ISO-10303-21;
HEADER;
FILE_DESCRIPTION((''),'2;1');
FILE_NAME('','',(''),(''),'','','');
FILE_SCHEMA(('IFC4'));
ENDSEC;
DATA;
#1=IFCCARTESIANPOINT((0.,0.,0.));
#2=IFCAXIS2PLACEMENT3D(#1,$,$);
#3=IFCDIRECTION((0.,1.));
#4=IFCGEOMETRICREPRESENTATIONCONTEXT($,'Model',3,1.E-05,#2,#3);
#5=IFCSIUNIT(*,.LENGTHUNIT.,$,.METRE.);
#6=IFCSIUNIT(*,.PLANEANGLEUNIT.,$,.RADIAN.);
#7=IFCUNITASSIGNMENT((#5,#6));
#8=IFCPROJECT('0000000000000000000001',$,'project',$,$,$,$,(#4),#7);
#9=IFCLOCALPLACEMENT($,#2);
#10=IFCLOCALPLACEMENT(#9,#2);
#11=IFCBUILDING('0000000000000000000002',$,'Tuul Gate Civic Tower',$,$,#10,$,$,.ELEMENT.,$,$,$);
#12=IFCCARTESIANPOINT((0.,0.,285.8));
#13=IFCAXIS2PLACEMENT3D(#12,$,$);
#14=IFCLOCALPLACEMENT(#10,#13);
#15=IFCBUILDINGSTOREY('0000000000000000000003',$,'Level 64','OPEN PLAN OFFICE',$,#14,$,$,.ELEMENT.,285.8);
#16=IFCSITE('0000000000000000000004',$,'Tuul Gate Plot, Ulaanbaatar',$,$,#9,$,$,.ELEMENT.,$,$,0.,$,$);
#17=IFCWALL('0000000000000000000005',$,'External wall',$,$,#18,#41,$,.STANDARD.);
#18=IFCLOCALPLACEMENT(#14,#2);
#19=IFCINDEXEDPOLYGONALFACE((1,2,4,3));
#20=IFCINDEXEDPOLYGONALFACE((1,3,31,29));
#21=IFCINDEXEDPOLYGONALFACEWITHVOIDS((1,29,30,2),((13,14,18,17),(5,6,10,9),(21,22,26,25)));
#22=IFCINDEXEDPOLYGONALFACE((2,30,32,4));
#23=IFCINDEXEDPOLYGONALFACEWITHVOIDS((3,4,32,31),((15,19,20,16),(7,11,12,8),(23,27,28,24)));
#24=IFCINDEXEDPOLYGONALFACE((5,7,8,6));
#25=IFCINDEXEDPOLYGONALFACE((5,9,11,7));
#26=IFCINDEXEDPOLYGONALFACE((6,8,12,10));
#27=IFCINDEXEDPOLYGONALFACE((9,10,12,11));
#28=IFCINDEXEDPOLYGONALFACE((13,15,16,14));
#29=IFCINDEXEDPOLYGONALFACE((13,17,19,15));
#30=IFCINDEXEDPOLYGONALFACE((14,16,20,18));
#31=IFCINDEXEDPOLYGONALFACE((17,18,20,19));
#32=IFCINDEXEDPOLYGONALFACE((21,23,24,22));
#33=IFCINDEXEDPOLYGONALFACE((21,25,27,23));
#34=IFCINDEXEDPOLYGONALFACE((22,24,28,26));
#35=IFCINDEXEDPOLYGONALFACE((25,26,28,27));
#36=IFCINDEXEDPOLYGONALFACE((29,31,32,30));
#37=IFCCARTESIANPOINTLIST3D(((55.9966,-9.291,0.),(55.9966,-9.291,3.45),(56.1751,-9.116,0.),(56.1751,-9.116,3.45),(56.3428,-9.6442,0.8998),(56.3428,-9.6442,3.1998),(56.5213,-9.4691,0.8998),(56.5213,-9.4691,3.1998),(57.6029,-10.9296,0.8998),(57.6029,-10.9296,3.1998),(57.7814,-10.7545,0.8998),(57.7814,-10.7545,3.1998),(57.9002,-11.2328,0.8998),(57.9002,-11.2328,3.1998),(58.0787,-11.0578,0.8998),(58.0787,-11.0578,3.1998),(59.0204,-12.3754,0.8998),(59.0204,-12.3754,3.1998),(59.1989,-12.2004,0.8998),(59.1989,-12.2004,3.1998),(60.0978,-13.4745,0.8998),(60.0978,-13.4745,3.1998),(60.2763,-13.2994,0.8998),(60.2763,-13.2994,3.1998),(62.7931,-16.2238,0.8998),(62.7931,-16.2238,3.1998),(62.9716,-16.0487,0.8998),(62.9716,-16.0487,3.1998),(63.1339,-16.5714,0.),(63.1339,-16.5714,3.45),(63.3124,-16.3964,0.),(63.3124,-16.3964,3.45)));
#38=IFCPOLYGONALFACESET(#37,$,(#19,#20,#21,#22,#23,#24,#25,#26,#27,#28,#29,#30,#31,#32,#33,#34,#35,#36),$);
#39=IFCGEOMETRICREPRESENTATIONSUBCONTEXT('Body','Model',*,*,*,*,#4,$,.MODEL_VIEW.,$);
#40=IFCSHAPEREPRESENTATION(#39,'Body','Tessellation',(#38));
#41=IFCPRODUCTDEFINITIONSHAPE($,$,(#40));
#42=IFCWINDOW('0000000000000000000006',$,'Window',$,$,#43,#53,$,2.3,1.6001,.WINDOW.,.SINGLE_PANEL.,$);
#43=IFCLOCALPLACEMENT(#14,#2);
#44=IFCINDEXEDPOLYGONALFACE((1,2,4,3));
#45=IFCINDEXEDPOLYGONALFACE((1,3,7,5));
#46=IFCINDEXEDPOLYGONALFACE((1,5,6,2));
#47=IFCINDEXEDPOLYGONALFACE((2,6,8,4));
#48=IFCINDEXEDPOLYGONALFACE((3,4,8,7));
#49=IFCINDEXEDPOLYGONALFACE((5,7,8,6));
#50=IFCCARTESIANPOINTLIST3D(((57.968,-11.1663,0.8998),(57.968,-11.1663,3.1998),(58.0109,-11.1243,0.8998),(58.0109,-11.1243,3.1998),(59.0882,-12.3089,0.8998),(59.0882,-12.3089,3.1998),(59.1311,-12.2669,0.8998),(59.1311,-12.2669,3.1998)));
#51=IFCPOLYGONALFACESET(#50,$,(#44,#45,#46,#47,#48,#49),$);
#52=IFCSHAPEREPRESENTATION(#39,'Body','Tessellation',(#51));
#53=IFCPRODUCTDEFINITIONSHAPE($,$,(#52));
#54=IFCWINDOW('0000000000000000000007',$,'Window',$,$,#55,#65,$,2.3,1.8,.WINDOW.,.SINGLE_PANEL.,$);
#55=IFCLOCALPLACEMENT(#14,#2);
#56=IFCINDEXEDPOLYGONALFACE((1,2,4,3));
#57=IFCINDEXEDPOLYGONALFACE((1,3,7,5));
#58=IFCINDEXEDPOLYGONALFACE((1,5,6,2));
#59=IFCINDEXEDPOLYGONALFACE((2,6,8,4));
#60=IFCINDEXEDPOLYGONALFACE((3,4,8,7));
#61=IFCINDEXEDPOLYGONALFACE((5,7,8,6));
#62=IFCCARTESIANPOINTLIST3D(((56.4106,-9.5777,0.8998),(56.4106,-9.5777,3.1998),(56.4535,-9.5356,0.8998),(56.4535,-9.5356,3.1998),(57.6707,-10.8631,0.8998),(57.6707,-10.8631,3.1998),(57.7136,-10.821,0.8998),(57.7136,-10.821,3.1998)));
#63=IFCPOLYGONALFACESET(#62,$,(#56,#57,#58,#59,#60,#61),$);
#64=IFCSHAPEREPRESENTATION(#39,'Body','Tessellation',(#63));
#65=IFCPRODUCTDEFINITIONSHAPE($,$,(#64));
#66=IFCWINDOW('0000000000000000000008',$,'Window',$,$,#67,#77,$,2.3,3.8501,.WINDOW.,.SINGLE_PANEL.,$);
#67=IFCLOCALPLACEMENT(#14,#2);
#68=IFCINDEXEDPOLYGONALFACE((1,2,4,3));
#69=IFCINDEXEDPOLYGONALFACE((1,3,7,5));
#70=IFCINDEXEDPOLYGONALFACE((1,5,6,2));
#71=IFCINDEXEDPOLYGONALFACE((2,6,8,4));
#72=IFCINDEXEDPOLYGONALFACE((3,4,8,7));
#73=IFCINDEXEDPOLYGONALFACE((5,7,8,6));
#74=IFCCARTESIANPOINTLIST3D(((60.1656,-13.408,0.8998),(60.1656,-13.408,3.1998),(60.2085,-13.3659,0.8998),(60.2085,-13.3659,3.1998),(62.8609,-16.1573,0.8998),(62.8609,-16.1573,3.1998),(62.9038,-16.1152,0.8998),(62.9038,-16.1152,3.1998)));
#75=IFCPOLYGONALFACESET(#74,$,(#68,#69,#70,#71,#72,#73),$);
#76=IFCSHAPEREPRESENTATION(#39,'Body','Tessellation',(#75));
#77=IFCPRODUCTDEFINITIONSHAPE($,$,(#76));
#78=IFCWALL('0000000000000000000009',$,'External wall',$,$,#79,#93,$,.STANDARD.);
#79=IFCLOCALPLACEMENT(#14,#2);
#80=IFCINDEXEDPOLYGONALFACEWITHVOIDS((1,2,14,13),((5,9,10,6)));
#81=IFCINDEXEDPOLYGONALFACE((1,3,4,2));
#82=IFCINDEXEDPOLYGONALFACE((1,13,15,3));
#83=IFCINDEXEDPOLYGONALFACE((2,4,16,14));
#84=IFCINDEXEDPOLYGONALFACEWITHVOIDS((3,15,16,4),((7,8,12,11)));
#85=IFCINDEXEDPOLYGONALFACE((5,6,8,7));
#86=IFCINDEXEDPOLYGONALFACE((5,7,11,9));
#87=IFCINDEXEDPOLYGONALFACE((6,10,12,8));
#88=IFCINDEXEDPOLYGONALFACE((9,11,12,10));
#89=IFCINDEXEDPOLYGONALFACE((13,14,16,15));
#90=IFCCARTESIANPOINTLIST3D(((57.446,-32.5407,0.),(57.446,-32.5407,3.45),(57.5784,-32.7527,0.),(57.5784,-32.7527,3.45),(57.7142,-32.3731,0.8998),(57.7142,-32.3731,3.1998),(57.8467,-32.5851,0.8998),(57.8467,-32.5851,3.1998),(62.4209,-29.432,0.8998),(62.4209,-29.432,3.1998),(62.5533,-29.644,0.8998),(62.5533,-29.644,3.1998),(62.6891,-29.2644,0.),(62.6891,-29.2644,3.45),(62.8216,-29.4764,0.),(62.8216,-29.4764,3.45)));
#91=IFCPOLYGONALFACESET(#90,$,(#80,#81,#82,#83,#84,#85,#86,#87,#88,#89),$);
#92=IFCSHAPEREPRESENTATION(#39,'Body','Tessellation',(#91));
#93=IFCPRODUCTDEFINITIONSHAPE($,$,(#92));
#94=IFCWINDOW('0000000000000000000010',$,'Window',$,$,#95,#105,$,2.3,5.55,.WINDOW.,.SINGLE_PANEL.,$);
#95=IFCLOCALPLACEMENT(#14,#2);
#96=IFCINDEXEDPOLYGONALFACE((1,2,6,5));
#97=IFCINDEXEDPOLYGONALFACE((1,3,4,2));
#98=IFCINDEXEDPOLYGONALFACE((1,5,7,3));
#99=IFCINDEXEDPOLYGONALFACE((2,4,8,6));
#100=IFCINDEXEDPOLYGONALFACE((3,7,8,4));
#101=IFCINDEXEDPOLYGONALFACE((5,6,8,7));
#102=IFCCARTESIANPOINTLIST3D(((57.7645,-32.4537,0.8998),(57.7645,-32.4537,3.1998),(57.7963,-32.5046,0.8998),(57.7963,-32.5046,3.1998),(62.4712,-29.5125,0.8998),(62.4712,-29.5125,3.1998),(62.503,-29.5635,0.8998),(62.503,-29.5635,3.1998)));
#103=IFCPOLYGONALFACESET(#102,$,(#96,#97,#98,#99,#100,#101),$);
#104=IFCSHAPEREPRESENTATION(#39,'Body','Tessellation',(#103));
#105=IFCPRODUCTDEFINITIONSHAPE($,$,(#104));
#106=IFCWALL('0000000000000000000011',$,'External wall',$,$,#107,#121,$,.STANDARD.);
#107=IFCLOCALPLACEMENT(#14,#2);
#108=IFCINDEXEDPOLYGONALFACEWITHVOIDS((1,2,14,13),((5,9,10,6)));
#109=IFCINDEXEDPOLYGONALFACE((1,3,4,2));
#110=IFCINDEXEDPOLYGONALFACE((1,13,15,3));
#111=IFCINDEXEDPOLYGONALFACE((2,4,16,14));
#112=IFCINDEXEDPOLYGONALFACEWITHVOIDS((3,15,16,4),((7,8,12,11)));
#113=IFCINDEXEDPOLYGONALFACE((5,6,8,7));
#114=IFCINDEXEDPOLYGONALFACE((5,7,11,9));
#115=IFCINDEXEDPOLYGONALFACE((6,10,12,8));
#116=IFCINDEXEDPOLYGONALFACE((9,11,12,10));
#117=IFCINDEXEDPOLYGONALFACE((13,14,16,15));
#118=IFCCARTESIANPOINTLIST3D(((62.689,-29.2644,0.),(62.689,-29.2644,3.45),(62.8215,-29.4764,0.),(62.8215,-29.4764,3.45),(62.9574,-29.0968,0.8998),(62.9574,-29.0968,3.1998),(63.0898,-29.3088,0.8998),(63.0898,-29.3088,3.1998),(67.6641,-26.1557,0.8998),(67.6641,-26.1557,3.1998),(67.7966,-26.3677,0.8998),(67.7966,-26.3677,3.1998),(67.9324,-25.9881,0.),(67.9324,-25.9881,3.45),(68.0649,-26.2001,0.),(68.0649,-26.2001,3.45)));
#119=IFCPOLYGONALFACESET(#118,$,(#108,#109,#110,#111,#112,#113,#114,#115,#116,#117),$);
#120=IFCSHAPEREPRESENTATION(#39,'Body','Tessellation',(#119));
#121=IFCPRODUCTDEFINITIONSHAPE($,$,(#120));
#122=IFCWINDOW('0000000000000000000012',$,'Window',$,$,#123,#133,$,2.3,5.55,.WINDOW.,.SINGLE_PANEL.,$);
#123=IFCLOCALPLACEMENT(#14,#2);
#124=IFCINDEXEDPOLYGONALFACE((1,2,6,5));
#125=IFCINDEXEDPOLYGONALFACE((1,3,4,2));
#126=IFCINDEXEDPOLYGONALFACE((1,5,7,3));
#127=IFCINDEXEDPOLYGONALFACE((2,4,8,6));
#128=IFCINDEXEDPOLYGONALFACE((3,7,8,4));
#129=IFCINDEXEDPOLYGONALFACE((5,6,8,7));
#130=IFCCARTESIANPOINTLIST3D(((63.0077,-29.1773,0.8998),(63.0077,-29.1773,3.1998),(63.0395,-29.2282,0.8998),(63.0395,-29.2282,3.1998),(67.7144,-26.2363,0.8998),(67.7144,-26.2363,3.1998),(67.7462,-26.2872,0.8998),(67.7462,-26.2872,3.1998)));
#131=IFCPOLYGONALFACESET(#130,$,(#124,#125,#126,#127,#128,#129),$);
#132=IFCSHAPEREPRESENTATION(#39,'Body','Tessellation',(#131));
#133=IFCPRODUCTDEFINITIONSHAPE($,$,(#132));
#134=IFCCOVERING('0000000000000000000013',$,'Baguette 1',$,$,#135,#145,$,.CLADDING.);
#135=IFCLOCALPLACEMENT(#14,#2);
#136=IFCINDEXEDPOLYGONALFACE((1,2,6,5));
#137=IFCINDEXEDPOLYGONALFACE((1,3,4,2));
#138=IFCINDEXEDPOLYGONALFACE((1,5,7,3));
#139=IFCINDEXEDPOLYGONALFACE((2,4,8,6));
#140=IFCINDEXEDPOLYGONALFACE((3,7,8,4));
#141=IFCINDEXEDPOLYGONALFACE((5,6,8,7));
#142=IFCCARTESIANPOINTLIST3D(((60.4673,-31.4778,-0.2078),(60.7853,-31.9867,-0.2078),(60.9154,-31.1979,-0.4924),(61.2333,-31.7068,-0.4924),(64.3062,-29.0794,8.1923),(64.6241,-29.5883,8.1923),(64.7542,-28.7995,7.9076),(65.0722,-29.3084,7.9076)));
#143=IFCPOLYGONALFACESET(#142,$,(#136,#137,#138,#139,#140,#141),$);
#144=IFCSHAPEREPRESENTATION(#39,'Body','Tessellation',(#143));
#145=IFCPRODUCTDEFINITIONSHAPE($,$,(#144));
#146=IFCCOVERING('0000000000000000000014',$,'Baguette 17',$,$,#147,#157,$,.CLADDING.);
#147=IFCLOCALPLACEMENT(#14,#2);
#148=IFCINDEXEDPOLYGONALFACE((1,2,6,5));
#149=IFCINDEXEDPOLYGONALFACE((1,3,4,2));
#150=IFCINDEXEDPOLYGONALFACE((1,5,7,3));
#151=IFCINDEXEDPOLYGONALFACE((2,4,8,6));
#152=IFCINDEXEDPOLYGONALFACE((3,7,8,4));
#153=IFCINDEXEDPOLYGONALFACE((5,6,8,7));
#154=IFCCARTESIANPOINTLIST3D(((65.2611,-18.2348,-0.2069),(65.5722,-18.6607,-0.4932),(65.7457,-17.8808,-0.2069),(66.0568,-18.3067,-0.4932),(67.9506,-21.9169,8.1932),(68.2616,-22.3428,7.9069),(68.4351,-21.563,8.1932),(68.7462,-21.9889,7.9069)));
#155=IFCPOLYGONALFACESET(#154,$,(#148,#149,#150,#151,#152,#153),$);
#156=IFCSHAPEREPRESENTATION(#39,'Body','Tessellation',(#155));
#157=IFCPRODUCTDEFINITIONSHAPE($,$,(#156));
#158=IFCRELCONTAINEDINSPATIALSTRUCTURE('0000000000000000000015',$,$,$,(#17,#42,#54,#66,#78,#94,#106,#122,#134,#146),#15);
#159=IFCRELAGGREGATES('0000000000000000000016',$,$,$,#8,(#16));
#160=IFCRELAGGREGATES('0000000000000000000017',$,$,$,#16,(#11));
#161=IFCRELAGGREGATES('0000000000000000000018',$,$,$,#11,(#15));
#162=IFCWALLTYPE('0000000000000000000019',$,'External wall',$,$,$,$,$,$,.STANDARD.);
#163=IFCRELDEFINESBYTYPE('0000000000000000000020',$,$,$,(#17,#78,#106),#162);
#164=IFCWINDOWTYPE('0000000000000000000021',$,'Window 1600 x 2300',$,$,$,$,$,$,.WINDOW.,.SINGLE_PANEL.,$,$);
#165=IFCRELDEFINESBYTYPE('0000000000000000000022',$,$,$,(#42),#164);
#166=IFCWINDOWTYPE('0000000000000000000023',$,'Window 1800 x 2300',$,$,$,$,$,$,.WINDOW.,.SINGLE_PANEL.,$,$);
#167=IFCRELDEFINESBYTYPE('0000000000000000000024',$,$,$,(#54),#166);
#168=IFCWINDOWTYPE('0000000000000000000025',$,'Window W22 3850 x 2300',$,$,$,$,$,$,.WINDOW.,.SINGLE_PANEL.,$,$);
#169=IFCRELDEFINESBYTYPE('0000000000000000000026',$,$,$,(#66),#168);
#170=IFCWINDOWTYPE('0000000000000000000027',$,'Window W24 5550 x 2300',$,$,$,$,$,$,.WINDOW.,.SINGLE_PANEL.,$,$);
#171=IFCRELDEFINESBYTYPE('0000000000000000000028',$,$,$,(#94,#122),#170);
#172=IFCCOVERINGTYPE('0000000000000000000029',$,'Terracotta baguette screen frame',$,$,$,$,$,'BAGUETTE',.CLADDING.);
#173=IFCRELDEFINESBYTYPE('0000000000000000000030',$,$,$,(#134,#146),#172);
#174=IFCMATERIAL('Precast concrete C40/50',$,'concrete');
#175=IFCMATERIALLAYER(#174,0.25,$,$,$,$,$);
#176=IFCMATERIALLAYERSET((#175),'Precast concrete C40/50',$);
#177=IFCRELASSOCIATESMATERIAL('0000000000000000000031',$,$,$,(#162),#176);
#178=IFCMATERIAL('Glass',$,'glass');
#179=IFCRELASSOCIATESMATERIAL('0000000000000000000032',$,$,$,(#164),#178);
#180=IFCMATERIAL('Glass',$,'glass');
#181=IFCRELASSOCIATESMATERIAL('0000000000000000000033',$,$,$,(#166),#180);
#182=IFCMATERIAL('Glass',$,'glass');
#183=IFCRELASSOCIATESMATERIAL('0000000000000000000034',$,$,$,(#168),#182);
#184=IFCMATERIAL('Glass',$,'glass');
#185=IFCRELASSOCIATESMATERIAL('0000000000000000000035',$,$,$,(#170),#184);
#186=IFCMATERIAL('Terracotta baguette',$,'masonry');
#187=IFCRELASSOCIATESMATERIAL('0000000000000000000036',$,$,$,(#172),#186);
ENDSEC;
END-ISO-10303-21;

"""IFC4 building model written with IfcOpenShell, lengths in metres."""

from ifc_helpers import new_model, si_unit, direction, frame, frame_2d, origin, origin_2d, place, context, subcontext, project, spatial, rectangle, extrude, material, layer, layer_set, material_profile, profile_set, type_object, element, fill, save


model = new_model("IFC4")

# Units and contexts
model_context = context("Model", 3, precision=1e-05, world=origin(), true_north=direction((0.0, 1.0)))
body_context = subcontext(model_context, "Body", "Model", "MODEL_VIEW")
ifc_project = project(units=[si_unit("LENGTHUNIT", "METRE"), si_unit("PLANEANGLEUNIT", "RADIAN")], contexts=[model_context])

# Site, building, storey
site_placement = place(None, origin())
site = spatial("IfcSite", under=ifc_project, at=site_placement, Name="Tuul Gate Plot, Ulaanbaatar", CompositionType="ELEMENT", RefElevation=0.0)
building_placement = place(site_placement, origin())
building = spatial("IfcBuilding", under=site, at=building_placement, Name="Tuul Gate Civic Tower", CompositionType="ELEMENT")
storey_placement = place(building_placement, frame((0.0, 0.0, 285.8)))
storey = spatial("IfcBuildingStorey", under=building, at=storey_placement, Name="Level 64", Description="OPEN PLAN OFFICE", CompositionType="ELEMENT", Elevation=285.8)

# Shared definitions
ifc_material_1 = material(Name="Precast concrete C40/50", Category="concrete")
ifc_layer_1 = layer(ifc_material_1, 0.25)
ifc_layer_set_1 = layer_set([ifc_layer_1], Name="Precast concrete C40/50")
wall_type_1 = type_object("IfcWallType", Name="External wall", PredefinedType="STANDARD", material=ifc_layer_set_1)

# Wall, openings, windows
wall_1_placement = place(storey_placement, frame((63.2231, -16.4839, 0.0), z_axis=(0.0, 0.0, 1.0), x_axis=(-0.700056, 0.714088, 0.0)))
wall_1 = element("IfcWall", 1, at=wall_1_placement, inside=storey, type_object=wall_type_1, Name="External wall", PredefinedType="STANDARD", context=body_context, shape_type="SweptSolid", body=[
    extrude(rectangle(XDim=10.1953, YDim=0.25, at=frame_2d((5.0977, 0.0))), origin(), (0.0, 0.0, 1.0), 3.45),
])
opening_1_placement = place(wall_1_placement, frame((0.4868, 0.0, 0.8999)))
opening_1 = element("IfcOpeningElement", 2, at=opening_1_placement, cuts=wall_1, PredefinedType="OPENING", context=body_context, shape_type="SweptSolid", body=[
    extrude(rectangle(XDim=3.8501, YDim=2.3, at=frame_2d((1.925, 1.1499))), frame((0.0, 0.135, 0.0), z_axis=(0.0, -1.0, 0.0), x_axis=(1.0, 0.0, 0.0)), (0.0, 0.0, 1.0), 0.27),
])
opening_2_placement = place(wall_1_placement, frame((5.876, 0.0, 0.8999)))
opening_2 = element("IfcOpeningElement", 3, at=opening_2_placement, cuts=wall_1, PredefinedType="OPENING", context=body_context, shape_type="SweptSolid", body=[
    extrude(rectangle(XDim=1.6001, YDim=2.3, at=frame_2d((0.8, 1.1499))), frame((0.0, 0.135, 0.0), z_axis=(0.0, -1.0, 0.0), x_axis=(1.0, 0.0, 0.0)), (0.0, 0.0, 1.0), 0.27),
])
opening_3_placement = place(wall_1_placement, frame((7.9009, 0.0, 0.8999)))
opening_3 = element("IfcOpeningElement", 4, at=opening_3_placement, cuts=wall_1, PredefinedType="OPENING", context=body_context, shape_type="SweptSolid", body=[
    extrude(rectangle(XDim=1.8, YDim=2.3, at=frame_2d((0.8999, 1.1499))), frame((0.0, 0.135, 0.0), z_axis=(0.0, -1.0, 0.0), x_axis=(1.0, 0.0, 0.0)), (0.0, 0.0, 1.0), 0.27),
])
ifc_material_2 = material(Name="Glass", Category="glass")
window_type_1 = type_object("IfcWindowType", Name="Window 1600 x 2300", PartitioningType="SINGLE_PANEL", PredefinedType="WINDOW", material=ifc_material_2)
window_1_placement = place(opening_2_placement, origin())
window_1 = element("IfcWindow", 5, at=window_1_placement, inside=storey, type_object=window_type_1, Name="Window", OverallHeight=2.3, OverallWidth=1.6001, PartitioningType="SINGLE_PANEL", PredefinedType="WINDOW", context=body_context, shape_type="SweptSolid", body=[
    extrude(rectangle(XDim=1.6001, YDim=2.3, at=frame_2d((0.8, 1.1499))), frame((0.0, 0.03, 0.0), z_axis=(0.0, -1.0, 0.0), x_axis=(1.0, 0.0, 0.0)), (0.0, 0.0, 1.0), 0.0601),
])
fill(opening_2, window_1)
ifc_material_3 = material(Name="Glass", Category="glass")
window_type_2 = type_object("IfcWindowType", Name="Window 1800 x 2300", PartitioningType="SINGLE_PANEL", PredefinedType="WINDOW", material=ifc_material_3)
window_2_placement = place(opening_3_placement, origin())
window_2 = element("IfcWindow", 6, at=window_2_placement, inside=storey, type_object=window_type_2, Name="Window", OverallHeight=2.3, OverallWidth=1.8, PartitioningType="SINGLE_PANEL", PredefinedType="WINDOW", context=body_context, shape_type="SweptSolid", body=[
    extrude(rectangle(XDim=1.8, YDim=2.3, at=frame_2d((0.8999, 1.1499))), frame((0.0, 0.03, 0.0), z_axis=(0.0, -1.0, 0.0), x_axis=(1.0, 0.0, 0.0)), (0.0, 0.0, 1.0), 0.0601),
])
fill(opening_3, window_2)
ifc_material_4 = material(Name="Glass", Category="glass")
window_type_3 = type_object("IfcWindowType", Name="Window W22 3850 x 2300", PartitioningType="SINGLE_PANEL", PredefinedType="WINDOW", material=ifc_material_4)
window_3_placement = place(opening_1_placement, origin())
window_3 = element("IfcWindow", 7, at=window_3_placement, inside=storey, type_object=window_type_3, Name="Window", OverallHeight=2.3, OverallWidth=3.8501, PartitioningType="SINGLE_PANEL", PredefinedType="WINDOW", context=body_context, shape_type="SweptSolid", body=[
    extrude(rectangle(XDim=3.8501, YDim=2.3, at=frame_2d((1.925, 1.1499))), frame((0.0, 0.03, 0.0), z_axis=(0.0, -1.0, 0.0), x_axis=(1.0, 0.0, 0.0)), (0.0, 0.0, 1.0), 0.0601),
])
fill(opening_1, window_3)

# Walls, openings, windows
wall_2_placement = place(storey_placement, frame((57.5122, -32.6467, 0.0), z_axis=(0.0, 0.0, 1.0), x_axis=(0.848043, 0.529928, 0.0)))
wall_2 = element("IfcWall", 8, at=wall_2_placement, inside=storey, type_object=wall_type_1, Name="External wall", PredefinedType="STANDARD", context=body_context, shape_type="SweptSolid", body=[
    extrude(rectangle(XDim=6.1826, YDim=0.25, at=frame_2d((3.0913, 0.0))), origin(), (0.0, 0.0, 1.0), 3.45),
])
opening_4_placement = place(wall_2_placement, frame((0.3164, 0.0, 0.8999)))
opening_4 = element("IfcOpeningElement", 9, at=opening_4_placement, cuts=wall_2, PredefinedType="OPENING", context=body_context, shape_type="SweptSolid", body=[
    extrude(rectangle(XDim=5.55, YDim=2.3, at=frame_2d((2.7749, 1.1499))), frame((0.0, 0.135, 0.0), z_axis=(0.0, -1.0, 0.0), x_axis=(1.0, 0.0, 0.0)), (0.0, 0.0, 1.0), 0.27),
])
ifc_material_5 = material(Name="Glass", Category="glass")
window_type_4 = type_object("IfcWindowType", Name="Window W24 5550 x 2300", PartitioningType="SINGLE_PANEL", PredefinedType="WINDOW", material=ifc_material_5)
window_4_placement = place(opening_4_placement, origin())
window_4 = element("IfcWindow", 10, at=window_4_placement, inside=storey, type_object=window_type_4, Name="Window", OverallHeight=2.3, OverallWidth=5.55, PartitioningType="SINGLE_PANEL", PredefinedType="WINDOW", context=body_context, shape_type="SweptSolid", body=[
    extrude(rectangle(XDim=5.55, YDim=2.3, at=frame_2d((2.7749, 1.1499))), frame((0.0, 0.03, 0.0), z_axis=(0.0, -1.0, 0.0), x_axis=(1.0, 0.0, 0.0)), (0.0, 0.0, 1.0), 0.0601),
])
fill(opening_4, window_4)
wall_3_placement = place(storey_placement, frame((62.7554, -29.3704, 0.0), z_axis=(0.0, 0.0, 1.0), x_axis=(0.848054, 0.52991, 0.0)))
wall_3 = element("IfcWall", 11, at=wall_3_placement, inside=storey, type_object=wall_type_1, Name="External wall", PredefinedType="STANDARD", context=body_context, shape_type="SweptSolid", body=[
    extrude(rectangle(XDim=6.1829, YDim=0.25, at=frame_2d((3.0913, 0.0))), origin(), (0.0, 0.0, 1.0), 3.45),
])
opening_5_placement = place(wall_3_placement, frame((0.3164, 0.0, 0.8999)))
opening_5 = element("IfcOpeningElement", 12, at=opening_5_placement, cuts=wall_3, PredefinedType="OPENING", context=body_context, shape_type="SweptSolid", body=[
    extrude(rectangle(XDim=5.55, YDim=2.3, at=frame_2d((2.7749, 1.1499))), frame((0.0, 0.135, 0.0), z_axis=(0.0, -1.0, 0.0), x_axis=(1.0, 0.0, 0.0)), (0.0, 0.0, 1.0), 0.27),
])
window_5_placement = place(opening_5_placement, origin())
window_5 = element("IfcWindow", 13, at=window_5_placement, inside=storey, type_object=window_type_4, Name="Window", OverallHeight=2.3, OverallWidth=5.55, PartitioningType="SINGLE_PANEL", PredefinedType="WINDOW", context=body_context, shape_type="SweptSolid", body=[
    extrude(rectangle(XDim=5.55, YDim=2.3, at=frame_2d((2.7749, 1.1499))), frame((0.0, 0.03, 0.0), z_axis=(0.0, -1.0, 0.0), x_axis=(1.0, 0.0, 0.0)), (0.0, 0.0, 1.0), 0.0601),
])
fill(opening_5, window_5)

# Coverings
ifc_material_6 = material(Name="Terracotta baguette", Category="masonry")
ifc_material_profile_1 = material_profile(ifc_material_6, rectangle(XDim=0.6001, YDim=0.6001, at=origin_2d()), Name="Terracotta baguette screen frame")
ifc_profile_set_1 = profile_set([ifc_material_profile_1], Name="Terracotta baguette")
covering_type = type_object("IfcCoveringType", Name="Terracotta baguette screen frame", ElementType="BAGUETTE", PredefinedType="CLADDING", material=ifc_profile_set_1)
covering_1_placement = place(storey_placement, frame((60.8503, -31.5923, -0.3501), z_axis=(0.402308, 0.251353, 0.880324), x_axis=(-0.529863, 0.848083, 0.0)))
element("IfcCovering", 14, at=covering_1_placement, inside=storey, type_object=covering_type, Name="Baguette 1", PredefinedType="CLADDING", context=body_context, shape_type="SweptSolid", body=[
    extrude(rectangle(XDim=0.6001, YDim=0.6001, at=origin_2d()), origin(), (0.0, 0.0, 1.0), 9.542),
])
covering_2_placement = place(storey_placement, frame((68.3484, -21.9529, 8.05), z_axis=(-0.281385, 0.385244, -0.878868), x_axis=(-0.80753, -0.589826, 0.0)))
element("IfcCovering", 15, at=covering_2_placement, inside=storey, type_object=covering_type, Name="Baguette 17", PredefinedType="CLADDING", context=body_context, shape_type="SweptSolid", body=[
    extrude(rectangle(XDim=0.6001, YDim=0.6001, at=origin_2d()), origin(), (0.0, 0.0, 1.0), 9.5579),
])

save(model, "model.ifc")
